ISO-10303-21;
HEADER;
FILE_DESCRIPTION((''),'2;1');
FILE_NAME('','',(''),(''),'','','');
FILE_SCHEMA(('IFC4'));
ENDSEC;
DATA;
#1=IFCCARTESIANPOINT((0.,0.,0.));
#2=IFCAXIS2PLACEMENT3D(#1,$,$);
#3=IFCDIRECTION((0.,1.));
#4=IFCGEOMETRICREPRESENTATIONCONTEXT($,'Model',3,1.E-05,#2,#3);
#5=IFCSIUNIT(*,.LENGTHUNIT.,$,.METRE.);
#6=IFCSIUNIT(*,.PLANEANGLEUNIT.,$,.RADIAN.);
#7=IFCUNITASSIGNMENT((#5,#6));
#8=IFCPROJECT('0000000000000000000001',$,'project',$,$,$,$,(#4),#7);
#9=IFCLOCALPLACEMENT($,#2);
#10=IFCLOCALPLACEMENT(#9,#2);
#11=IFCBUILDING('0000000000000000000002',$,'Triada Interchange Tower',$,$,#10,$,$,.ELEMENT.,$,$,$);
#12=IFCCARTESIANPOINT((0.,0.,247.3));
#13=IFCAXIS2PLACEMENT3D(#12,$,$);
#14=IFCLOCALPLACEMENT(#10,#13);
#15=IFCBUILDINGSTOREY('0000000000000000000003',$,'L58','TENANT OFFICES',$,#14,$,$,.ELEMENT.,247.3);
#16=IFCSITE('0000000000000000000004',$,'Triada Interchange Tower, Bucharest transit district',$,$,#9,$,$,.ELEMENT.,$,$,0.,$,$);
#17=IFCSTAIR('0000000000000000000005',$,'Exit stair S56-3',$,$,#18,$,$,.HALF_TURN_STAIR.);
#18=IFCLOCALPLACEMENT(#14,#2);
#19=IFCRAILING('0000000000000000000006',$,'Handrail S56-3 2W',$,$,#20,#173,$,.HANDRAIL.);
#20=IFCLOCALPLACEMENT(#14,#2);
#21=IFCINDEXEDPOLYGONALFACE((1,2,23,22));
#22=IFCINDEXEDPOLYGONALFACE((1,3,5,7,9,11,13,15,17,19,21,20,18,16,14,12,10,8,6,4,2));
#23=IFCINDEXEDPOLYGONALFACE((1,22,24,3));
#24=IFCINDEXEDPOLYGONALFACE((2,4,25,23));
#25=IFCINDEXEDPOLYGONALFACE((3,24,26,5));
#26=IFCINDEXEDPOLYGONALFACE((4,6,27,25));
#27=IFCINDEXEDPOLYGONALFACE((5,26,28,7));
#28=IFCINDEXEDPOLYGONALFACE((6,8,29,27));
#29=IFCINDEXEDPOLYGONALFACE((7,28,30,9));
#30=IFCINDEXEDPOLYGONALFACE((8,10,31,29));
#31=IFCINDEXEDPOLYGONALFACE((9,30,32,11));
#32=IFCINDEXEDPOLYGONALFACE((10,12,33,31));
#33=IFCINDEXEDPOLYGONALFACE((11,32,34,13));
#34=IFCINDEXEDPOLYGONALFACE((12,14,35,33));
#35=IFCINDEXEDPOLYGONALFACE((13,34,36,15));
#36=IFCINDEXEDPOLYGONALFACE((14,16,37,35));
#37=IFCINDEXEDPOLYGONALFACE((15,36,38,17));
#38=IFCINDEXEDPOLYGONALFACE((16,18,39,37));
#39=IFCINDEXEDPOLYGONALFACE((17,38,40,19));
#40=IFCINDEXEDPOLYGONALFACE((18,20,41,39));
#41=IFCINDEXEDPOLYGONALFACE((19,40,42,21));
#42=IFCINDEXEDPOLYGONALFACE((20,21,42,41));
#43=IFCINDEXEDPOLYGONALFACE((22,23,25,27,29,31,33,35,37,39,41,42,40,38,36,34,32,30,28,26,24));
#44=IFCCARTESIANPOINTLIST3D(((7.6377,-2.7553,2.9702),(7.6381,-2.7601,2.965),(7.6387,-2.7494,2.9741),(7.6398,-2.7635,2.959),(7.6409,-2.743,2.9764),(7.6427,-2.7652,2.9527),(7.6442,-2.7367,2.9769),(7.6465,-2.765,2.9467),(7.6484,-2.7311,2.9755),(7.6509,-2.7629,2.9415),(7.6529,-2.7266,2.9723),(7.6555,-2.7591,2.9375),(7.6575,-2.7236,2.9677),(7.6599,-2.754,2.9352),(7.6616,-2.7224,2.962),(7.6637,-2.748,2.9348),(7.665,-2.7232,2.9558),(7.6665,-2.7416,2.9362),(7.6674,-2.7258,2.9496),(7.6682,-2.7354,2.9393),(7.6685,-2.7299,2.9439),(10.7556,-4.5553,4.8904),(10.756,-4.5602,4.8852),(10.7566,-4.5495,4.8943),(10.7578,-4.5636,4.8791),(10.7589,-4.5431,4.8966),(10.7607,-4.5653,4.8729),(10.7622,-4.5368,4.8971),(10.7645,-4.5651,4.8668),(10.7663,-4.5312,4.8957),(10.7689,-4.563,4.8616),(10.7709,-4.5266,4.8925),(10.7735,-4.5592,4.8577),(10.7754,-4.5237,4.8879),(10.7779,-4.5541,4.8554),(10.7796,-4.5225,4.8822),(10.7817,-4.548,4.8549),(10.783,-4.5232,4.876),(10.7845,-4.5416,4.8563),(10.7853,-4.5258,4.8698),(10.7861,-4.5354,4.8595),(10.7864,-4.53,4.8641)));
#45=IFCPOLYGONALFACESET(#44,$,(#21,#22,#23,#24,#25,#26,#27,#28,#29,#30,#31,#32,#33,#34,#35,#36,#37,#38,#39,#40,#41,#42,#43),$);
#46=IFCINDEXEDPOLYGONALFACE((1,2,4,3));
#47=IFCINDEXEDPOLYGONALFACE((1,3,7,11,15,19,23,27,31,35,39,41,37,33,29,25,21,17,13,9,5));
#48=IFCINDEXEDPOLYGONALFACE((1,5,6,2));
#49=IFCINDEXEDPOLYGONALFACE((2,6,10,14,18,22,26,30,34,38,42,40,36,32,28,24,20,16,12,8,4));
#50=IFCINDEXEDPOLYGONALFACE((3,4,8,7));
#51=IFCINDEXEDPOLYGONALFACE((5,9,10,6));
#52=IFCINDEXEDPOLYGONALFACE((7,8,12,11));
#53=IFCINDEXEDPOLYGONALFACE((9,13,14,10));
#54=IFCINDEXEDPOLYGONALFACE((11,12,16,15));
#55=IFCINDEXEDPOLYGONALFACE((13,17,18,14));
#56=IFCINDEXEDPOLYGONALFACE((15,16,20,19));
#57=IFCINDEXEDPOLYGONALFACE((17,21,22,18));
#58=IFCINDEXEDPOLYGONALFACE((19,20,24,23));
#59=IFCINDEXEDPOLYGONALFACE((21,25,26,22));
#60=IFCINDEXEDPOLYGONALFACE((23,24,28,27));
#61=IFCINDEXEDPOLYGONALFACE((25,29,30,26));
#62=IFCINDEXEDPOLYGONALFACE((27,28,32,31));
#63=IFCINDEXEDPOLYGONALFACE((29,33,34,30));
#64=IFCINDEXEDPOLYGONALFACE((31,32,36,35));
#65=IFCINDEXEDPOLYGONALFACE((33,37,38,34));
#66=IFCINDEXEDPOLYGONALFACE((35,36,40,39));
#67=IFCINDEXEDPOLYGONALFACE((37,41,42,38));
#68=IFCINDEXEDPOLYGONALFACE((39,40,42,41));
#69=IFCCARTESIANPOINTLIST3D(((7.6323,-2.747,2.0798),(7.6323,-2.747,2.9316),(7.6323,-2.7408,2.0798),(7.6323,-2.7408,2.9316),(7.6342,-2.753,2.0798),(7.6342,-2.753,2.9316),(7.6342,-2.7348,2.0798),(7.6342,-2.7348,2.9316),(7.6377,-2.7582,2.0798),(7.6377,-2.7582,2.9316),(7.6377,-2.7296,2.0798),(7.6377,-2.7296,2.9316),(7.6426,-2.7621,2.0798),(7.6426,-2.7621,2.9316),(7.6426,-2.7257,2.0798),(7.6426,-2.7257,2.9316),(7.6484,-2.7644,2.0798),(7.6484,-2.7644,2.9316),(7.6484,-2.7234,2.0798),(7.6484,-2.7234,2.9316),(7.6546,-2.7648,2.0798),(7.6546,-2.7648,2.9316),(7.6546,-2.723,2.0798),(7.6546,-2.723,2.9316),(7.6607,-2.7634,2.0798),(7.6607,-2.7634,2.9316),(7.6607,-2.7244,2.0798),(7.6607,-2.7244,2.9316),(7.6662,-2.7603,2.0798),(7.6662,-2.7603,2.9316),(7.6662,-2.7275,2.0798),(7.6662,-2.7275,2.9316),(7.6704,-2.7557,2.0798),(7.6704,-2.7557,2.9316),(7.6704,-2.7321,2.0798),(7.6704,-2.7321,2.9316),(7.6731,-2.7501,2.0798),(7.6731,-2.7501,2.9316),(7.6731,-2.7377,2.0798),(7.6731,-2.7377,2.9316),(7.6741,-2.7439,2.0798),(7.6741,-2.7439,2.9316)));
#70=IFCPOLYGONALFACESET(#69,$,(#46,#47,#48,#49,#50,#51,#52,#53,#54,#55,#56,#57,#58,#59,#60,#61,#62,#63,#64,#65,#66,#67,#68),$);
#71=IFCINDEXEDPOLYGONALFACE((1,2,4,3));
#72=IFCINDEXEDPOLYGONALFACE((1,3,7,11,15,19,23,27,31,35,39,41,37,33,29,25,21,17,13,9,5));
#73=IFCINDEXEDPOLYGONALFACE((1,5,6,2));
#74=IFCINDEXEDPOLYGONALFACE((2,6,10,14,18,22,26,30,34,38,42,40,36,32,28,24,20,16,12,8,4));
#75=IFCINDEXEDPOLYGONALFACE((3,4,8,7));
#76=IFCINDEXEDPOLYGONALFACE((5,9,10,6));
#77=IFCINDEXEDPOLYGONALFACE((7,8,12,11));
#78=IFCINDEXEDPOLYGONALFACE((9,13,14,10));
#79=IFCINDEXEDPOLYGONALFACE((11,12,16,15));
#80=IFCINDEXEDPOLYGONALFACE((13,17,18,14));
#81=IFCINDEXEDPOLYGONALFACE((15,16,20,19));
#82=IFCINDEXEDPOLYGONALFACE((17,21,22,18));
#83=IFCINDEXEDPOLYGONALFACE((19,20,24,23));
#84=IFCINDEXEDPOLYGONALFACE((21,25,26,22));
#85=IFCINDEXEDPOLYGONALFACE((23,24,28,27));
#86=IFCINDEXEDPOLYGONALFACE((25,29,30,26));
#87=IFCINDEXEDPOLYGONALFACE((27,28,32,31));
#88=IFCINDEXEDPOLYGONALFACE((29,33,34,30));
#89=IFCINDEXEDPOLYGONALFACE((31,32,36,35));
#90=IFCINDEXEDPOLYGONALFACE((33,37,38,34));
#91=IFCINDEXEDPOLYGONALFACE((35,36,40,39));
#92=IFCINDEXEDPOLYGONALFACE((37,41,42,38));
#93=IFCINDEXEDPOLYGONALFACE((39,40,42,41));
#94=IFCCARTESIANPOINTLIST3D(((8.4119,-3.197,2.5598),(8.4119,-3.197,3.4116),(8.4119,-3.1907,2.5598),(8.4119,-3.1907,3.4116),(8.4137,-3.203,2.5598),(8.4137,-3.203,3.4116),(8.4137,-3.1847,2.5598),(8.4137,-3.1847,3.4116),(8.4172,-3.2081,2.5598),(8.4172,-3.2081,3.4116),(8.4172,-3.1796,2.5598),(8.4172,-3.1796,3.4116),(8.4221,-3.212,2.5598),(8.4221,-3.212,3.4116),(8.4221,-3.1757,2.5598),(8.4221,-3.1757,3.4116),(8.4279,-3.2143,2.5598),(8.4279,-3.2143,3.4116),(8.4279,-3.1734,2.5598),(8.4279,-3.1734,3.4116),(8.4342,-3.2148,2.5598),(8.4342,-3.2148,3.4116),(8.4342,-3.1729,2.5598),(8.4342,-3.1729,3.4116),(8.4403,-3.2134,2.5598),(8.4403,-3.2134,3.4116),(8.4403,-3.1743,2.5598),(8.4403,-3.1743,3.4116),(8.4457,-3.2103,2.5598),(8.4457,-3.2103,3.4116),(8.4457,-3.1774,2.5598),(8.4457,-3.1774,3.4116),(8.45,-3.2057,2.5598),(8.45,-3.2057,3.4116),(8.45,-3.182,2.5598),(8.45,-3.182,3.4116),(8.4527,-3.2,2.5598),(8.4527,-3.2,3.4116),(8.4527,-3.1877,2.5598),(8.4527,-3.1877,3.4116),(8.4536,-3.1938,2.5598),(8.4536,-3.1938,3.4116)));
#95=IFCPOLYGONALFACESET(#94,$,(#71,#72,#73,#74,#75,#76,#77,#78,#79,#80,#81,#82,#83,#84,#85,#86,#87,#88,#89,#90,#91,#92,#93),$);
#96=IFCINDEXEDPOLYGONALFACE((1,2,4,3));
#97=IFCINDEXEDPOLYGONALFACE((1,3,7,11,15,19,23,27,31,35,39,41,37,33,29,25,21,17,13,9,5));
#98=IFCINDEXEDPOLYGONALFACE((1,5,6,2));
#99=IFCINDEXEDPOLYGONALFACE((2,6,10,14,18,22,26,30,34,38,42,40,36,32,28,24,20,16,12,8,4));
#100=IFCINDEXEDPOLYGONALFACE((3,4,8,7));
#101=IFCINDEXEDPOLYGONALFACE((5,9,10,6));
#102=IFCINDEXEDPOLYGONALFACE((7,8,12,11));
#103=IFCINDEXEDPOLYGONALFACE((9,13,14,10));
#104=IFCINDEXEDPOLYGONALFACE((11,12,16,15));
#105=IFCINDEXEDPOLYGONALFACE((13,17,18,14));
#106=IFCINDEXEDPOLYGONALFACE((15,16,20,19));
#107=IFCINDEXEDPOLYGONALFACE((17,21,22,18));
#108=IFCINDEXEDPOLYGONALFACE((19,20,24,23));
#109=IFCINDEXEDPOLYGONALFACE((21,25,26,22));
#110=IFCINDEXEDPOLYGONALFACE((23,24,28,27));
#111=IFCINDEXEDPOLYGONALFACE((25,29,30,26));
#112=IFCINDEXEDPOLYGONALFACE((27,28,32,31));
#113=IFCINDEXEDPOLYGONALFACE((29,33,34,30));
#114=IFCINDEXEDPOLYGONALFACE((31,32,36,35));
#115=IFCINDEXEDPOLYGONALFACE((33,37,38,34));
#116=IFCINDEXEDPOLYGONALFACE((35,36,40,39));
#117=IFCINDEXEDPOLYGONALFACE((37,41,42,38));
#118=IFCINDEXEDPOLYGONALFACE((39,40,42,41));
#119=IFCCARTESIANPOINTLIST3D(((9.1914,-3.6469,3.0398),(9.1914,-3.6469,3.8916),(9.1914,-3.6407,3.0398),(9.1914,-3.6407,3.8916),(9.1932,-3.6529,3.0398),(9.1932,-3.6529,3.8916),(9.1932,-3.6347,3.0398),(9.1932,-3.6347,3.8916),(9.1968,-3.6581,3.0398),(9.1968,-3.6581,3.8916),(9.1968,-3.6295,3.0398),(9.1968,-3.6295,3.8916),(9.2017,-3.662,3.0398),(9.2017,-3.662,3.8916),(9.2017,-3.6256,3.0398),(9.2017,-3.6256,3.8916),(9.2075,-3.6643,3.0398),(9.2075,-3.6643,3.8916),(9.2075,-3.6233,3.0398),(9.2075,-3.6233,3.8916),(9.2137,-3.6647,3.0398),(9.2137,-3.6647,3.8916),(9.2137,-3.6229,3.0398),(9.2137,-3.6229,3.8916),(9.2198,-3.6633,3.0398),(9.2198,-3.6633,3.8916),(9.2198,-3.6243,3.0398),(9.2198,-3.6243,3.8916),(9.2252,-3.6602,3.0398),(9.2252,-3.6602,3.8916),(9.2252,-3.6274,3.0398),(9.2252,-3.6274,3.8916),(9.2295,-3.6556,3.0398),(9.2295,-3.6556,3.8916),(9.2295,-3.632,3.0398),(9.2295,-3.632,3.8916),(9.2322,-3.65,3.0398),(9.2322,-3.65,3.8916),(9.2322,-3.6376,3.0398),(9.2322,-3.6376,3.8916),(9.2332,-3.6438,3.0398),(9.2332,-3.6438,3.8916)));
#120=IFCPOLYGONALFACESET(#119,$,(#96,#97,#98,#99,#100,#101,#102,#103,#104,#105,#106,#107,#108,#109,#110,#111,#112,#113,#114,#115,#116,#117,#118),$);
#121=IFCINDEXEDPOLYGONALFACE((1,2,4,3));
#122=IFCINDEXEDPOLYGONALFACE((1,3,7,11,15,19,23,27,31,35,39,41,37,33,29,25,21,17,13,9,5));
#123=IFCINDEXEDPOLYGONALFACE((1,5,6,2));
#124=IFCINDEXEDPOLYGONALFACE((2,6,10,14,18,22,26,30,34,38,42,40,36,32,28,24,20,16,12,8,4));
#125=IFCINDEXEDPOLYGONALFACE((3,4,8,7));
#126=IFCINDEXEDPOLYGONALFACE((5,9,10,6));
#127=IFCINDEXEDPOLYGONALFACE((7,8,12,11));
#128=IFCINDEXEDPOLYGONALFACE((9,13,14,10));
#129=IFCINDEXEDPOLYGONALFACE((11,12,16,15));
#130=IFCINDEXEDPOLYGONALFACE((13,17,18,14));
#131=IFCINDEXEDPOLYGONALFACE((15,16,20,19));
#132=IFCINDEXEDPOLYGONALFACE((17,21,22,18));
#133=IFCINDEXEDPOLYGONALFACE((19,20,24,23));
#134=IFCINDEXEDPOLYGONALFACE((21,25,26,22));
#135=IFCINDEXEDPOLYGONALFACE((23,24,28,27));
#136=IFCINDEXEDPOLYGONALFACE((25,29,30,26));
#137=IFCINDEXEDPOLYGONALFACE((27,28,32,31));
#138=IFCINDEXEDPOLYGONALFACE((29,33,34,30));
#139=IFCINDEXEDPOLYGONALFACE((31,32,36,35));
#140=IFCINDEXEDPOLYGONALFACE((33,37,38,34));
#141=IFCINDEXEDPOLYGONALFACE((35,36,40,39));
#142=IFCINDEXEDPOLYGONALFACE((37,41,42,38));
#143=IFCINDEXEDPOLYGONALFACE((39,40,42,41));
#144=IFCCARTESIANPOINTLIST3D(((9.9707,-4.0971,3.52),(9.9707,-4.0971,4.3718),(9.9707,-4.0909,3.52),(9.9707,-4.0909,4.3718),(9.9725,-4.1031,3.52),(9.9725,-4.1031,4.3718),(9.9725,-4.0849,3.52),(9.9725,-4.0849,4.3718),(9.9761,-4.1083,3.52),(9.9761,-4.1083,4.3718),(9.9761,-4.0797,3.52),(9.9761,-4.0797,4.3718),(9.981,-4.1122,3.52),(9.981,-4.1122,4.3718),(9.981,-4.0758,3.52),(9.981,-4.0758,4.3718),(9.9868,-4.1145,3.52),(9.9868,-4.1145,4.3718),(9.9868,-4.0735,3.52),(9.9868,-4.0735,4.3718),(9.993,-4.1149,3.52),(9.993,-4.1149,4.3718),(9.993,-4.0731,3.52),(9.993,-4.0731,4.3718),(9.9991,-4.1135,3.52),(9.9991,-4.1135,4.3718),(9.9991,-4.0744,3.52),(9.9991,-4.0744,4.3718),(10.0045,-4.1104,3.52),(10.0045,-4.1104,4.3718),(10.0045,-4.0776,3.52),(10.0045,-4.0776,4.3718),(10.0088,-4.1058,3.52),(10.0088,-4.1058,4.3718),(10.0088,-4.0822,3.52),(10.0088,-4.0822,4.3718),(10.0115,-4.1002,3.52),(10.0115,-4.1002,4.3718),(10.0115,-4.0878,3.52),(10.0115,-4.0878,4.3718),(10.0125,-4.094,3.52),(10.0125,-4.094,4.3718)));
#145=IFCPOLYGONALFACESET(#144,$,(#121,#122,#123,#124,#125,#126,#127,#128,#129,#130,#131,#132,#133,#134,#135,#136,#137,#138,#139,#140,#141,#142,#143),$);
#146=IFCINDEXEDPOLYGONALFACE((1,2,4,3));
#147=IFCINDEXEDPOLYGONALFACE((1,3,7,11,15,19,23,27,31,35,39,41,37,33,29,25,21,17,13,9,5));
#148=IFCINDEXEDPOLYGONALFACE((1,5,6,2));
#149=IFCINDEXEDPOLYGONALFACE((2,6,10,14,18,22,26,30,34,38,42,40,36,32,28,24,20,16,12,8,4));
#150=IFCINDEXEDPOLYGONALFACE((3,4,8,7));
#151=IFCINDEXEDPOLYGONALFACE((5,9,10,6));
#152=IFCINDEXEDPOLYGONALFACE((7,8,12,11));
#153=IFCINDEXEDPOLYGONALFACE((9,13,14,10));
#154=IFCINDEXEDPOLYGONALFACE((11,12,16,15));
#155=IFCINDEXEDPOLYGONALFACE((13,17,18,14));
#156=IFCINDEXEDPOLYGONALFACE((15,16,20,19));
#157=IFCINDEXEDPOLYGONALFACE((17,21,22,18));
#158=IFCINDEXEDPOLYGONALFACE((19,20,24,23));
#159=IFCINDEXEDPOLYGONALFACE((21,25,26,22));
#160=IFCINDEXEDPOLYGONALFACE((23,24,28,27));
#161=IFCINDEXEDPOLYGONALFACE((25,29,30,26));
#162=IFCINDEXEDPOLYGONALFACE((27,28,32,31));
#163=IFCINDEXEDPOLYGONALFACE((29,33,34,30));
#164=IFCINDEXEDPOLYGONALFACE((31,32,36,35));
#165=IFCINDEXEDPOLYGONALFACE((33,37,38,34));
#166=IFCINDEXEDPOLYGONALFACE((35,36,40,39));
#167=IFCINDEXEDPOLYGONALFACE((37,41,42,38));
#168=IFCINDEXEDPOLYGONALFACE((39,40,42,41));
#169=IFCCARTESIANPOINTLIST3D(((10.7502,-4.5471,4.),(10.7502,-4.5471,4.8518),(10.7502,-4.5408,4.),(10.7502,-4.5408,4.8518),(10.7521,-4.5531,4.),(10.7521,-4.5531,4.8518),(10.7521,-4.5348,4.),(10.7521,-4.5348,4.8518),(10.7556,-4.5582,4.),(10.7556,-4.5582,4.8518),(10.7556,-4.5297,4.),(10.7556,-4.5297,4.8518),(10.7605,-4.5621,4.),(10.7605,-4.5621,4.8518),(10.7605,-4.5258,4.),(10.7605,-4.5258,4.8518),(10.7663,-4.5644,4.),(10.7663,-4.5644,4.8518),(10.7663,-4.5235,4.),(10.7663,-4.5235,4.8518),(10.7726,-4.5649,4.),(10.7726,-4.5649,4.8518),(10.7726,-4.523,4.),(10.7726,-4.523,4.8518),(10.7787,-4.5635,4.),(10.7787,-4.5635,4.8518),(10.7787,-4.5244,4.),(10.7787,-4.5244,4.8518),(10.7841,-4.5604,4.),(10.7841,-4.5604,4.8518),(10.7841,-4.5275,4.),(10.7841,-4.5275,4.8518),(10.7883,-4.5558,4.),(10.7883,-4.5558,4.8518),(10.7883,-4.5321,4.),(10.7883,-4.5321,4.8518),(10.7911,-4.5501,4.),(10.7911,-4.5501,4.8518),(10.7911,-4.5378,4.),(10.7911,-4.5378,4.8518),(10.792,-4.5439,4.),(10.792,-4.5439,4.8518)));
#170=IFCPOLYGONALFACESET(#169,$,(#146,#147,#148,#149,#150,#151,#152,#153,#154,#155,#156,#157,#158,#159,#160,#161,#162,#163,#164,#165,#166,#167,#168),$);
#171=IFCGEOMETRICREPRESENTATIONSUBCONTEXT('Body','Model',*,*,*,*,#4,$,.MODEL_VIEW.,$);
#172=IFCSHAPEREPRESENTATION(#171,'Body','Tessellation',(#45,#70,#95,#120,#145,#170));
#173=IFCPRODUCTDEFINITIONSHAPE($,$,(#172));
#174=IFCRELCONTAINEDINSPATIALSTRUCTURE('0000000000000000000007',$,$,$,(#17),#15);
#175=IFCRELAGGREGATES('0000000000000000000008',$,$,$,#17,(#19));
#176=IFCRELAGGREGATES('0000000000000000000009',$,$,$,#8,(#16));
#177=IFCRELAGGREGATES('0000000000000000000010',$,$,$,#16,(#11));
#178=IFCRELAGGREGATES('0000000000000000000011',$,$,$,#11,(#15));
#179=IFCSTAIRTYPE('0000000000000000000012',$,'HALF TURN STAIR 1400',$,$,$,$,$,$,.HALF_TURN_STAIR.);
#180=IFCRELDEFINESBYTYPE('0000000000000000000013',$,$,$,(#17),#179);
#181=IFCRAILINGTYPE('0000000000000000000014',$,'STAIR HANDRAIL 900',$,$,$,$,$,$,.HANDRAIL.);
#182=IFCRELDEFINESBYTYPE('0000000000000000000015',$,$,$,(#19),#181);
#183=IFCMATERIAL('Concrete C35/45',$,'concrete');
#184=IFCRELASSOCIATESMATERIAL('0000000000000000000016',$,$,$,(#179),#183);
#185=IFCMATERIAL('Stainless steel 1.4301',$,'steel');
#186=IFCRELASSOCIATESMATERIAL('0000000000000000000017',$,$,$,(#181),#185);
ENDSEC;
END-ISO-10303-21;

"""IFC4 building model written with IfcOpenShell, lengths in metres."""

from ifc_helpers import new_model, si_unit, direction, frame, origin, origin_2d, place, context, subcontext, project, spatial, circle, extrude, material, type_object, element, aggregate, save


model = new_model("IFC4")

# Units and contexts
model_context = context("Model", 3, precision=1e-05, world=origin(), true_north=direction((0.0, 1.0)))
body_context = subcontext(model_context, "Body", "Model", "MODEL_VIEW")
ifc_project = project(units=[si_unit("LENGTHUNIT", "METRE"), si_unit("PLANEANGLEUNIT", "RADIAN")], contexts=[model_context])

# Site, building, storey
site_placement = place(None, origin())
site = spatial("IfcSite", under=ifc_project, at=site_placement, Name="Triada Interchange Tower, Bucharest transit district", CompositionType="ELEMENT", RefElevation=0.0)
building_placement = place(site_placement, origin())
building = spatial("IfcBuilding", under=site, at=building_placement, Name="Triada Interchange Tower", CompositionType="ELEMENT")
storey_placement = place(building_placement, frame((0.0, 0.0, 247.3)))
storey = spatial("IfcBuildingStorey", under=building, at=storey_placement, Name="L58", Description="TENANT OFFICES", CompositionType="ELEMENT", Elevation=247.3)

# Stair, railing
ifc_material_1 = material(Name="Concrete C35/45", Category="concrete")
stair_type = type_object("IfcStairType", Name="HALF TURN STAIR 1400", PredefinedType="HALF_TURN_STAIR", material=ifc_material_1)
stair_placement = place(storey_placement, origin())
stair = element("IfcStair", 1, at=stair_placement, inside=storey, type_object=stair_type, Name="Exit stair S56-3", PredefinedType="HALF_TURN_STAIR")
ifc_material_2 = material(Name="Stainless steel 1.4301", Category="steel")
railing_type = type_object("IfcRailingType", Name="STAIR HANDRAIL 900", PredefinedType="HANDRAIL", material=ifc_material_2)
railing_1_placement = place(storey_placement, frame((7.6531, -2.7439, 2.0798)))
railing_1 = element("IfcRailing", 2, at=railing_1_placement, type_object=railing_type, Name="Handrail S56-3 2W", PredefinedType="HANDRAIL", context=body_context, shape_type="SweptSolid", body=[
    extrude(circle(Radius=0.0239, at=origin_2d()), frame((0.0, 0.0, 0.876), z_axis=(0.764145, -0.441159, 0.470597), x_axis=(0.499983, 0.866035, 0.0)), (0.0, 0.0, 1.0), 4.0803),
    extrude(circle(Radius=0.021, at=origin_2d()), origin(), (0.0, 0.0, 1.0), 0.8518),
    extrude(circle(Radius=0.021, at=origin_2d()), frame((0.7795, -0.45, 0.48)), (0.0, 0.0, 1.0), 0.8518),
    extrude(circle(Radius=0.021, at=origin_2d()), frame((1.5591, -0.8999, 0.96)), (0.0, 0.0, 1.0), 0.8518),
    extrude(circle(Radius=0.021, at=origin_2d()), frame((2.3384, -1.3501, 1.4402)), (0.0, 0.0, 1.0), 0.8518),
    extrude(circle(Radius=0.021, at=origin_2d()), frame((3.1179, -1.8, 1.9202)), (0.0, 0.0, 1.0), 0.8518),
])
aggregate(stair, [railing_1])

save(model, "model.ifc")
